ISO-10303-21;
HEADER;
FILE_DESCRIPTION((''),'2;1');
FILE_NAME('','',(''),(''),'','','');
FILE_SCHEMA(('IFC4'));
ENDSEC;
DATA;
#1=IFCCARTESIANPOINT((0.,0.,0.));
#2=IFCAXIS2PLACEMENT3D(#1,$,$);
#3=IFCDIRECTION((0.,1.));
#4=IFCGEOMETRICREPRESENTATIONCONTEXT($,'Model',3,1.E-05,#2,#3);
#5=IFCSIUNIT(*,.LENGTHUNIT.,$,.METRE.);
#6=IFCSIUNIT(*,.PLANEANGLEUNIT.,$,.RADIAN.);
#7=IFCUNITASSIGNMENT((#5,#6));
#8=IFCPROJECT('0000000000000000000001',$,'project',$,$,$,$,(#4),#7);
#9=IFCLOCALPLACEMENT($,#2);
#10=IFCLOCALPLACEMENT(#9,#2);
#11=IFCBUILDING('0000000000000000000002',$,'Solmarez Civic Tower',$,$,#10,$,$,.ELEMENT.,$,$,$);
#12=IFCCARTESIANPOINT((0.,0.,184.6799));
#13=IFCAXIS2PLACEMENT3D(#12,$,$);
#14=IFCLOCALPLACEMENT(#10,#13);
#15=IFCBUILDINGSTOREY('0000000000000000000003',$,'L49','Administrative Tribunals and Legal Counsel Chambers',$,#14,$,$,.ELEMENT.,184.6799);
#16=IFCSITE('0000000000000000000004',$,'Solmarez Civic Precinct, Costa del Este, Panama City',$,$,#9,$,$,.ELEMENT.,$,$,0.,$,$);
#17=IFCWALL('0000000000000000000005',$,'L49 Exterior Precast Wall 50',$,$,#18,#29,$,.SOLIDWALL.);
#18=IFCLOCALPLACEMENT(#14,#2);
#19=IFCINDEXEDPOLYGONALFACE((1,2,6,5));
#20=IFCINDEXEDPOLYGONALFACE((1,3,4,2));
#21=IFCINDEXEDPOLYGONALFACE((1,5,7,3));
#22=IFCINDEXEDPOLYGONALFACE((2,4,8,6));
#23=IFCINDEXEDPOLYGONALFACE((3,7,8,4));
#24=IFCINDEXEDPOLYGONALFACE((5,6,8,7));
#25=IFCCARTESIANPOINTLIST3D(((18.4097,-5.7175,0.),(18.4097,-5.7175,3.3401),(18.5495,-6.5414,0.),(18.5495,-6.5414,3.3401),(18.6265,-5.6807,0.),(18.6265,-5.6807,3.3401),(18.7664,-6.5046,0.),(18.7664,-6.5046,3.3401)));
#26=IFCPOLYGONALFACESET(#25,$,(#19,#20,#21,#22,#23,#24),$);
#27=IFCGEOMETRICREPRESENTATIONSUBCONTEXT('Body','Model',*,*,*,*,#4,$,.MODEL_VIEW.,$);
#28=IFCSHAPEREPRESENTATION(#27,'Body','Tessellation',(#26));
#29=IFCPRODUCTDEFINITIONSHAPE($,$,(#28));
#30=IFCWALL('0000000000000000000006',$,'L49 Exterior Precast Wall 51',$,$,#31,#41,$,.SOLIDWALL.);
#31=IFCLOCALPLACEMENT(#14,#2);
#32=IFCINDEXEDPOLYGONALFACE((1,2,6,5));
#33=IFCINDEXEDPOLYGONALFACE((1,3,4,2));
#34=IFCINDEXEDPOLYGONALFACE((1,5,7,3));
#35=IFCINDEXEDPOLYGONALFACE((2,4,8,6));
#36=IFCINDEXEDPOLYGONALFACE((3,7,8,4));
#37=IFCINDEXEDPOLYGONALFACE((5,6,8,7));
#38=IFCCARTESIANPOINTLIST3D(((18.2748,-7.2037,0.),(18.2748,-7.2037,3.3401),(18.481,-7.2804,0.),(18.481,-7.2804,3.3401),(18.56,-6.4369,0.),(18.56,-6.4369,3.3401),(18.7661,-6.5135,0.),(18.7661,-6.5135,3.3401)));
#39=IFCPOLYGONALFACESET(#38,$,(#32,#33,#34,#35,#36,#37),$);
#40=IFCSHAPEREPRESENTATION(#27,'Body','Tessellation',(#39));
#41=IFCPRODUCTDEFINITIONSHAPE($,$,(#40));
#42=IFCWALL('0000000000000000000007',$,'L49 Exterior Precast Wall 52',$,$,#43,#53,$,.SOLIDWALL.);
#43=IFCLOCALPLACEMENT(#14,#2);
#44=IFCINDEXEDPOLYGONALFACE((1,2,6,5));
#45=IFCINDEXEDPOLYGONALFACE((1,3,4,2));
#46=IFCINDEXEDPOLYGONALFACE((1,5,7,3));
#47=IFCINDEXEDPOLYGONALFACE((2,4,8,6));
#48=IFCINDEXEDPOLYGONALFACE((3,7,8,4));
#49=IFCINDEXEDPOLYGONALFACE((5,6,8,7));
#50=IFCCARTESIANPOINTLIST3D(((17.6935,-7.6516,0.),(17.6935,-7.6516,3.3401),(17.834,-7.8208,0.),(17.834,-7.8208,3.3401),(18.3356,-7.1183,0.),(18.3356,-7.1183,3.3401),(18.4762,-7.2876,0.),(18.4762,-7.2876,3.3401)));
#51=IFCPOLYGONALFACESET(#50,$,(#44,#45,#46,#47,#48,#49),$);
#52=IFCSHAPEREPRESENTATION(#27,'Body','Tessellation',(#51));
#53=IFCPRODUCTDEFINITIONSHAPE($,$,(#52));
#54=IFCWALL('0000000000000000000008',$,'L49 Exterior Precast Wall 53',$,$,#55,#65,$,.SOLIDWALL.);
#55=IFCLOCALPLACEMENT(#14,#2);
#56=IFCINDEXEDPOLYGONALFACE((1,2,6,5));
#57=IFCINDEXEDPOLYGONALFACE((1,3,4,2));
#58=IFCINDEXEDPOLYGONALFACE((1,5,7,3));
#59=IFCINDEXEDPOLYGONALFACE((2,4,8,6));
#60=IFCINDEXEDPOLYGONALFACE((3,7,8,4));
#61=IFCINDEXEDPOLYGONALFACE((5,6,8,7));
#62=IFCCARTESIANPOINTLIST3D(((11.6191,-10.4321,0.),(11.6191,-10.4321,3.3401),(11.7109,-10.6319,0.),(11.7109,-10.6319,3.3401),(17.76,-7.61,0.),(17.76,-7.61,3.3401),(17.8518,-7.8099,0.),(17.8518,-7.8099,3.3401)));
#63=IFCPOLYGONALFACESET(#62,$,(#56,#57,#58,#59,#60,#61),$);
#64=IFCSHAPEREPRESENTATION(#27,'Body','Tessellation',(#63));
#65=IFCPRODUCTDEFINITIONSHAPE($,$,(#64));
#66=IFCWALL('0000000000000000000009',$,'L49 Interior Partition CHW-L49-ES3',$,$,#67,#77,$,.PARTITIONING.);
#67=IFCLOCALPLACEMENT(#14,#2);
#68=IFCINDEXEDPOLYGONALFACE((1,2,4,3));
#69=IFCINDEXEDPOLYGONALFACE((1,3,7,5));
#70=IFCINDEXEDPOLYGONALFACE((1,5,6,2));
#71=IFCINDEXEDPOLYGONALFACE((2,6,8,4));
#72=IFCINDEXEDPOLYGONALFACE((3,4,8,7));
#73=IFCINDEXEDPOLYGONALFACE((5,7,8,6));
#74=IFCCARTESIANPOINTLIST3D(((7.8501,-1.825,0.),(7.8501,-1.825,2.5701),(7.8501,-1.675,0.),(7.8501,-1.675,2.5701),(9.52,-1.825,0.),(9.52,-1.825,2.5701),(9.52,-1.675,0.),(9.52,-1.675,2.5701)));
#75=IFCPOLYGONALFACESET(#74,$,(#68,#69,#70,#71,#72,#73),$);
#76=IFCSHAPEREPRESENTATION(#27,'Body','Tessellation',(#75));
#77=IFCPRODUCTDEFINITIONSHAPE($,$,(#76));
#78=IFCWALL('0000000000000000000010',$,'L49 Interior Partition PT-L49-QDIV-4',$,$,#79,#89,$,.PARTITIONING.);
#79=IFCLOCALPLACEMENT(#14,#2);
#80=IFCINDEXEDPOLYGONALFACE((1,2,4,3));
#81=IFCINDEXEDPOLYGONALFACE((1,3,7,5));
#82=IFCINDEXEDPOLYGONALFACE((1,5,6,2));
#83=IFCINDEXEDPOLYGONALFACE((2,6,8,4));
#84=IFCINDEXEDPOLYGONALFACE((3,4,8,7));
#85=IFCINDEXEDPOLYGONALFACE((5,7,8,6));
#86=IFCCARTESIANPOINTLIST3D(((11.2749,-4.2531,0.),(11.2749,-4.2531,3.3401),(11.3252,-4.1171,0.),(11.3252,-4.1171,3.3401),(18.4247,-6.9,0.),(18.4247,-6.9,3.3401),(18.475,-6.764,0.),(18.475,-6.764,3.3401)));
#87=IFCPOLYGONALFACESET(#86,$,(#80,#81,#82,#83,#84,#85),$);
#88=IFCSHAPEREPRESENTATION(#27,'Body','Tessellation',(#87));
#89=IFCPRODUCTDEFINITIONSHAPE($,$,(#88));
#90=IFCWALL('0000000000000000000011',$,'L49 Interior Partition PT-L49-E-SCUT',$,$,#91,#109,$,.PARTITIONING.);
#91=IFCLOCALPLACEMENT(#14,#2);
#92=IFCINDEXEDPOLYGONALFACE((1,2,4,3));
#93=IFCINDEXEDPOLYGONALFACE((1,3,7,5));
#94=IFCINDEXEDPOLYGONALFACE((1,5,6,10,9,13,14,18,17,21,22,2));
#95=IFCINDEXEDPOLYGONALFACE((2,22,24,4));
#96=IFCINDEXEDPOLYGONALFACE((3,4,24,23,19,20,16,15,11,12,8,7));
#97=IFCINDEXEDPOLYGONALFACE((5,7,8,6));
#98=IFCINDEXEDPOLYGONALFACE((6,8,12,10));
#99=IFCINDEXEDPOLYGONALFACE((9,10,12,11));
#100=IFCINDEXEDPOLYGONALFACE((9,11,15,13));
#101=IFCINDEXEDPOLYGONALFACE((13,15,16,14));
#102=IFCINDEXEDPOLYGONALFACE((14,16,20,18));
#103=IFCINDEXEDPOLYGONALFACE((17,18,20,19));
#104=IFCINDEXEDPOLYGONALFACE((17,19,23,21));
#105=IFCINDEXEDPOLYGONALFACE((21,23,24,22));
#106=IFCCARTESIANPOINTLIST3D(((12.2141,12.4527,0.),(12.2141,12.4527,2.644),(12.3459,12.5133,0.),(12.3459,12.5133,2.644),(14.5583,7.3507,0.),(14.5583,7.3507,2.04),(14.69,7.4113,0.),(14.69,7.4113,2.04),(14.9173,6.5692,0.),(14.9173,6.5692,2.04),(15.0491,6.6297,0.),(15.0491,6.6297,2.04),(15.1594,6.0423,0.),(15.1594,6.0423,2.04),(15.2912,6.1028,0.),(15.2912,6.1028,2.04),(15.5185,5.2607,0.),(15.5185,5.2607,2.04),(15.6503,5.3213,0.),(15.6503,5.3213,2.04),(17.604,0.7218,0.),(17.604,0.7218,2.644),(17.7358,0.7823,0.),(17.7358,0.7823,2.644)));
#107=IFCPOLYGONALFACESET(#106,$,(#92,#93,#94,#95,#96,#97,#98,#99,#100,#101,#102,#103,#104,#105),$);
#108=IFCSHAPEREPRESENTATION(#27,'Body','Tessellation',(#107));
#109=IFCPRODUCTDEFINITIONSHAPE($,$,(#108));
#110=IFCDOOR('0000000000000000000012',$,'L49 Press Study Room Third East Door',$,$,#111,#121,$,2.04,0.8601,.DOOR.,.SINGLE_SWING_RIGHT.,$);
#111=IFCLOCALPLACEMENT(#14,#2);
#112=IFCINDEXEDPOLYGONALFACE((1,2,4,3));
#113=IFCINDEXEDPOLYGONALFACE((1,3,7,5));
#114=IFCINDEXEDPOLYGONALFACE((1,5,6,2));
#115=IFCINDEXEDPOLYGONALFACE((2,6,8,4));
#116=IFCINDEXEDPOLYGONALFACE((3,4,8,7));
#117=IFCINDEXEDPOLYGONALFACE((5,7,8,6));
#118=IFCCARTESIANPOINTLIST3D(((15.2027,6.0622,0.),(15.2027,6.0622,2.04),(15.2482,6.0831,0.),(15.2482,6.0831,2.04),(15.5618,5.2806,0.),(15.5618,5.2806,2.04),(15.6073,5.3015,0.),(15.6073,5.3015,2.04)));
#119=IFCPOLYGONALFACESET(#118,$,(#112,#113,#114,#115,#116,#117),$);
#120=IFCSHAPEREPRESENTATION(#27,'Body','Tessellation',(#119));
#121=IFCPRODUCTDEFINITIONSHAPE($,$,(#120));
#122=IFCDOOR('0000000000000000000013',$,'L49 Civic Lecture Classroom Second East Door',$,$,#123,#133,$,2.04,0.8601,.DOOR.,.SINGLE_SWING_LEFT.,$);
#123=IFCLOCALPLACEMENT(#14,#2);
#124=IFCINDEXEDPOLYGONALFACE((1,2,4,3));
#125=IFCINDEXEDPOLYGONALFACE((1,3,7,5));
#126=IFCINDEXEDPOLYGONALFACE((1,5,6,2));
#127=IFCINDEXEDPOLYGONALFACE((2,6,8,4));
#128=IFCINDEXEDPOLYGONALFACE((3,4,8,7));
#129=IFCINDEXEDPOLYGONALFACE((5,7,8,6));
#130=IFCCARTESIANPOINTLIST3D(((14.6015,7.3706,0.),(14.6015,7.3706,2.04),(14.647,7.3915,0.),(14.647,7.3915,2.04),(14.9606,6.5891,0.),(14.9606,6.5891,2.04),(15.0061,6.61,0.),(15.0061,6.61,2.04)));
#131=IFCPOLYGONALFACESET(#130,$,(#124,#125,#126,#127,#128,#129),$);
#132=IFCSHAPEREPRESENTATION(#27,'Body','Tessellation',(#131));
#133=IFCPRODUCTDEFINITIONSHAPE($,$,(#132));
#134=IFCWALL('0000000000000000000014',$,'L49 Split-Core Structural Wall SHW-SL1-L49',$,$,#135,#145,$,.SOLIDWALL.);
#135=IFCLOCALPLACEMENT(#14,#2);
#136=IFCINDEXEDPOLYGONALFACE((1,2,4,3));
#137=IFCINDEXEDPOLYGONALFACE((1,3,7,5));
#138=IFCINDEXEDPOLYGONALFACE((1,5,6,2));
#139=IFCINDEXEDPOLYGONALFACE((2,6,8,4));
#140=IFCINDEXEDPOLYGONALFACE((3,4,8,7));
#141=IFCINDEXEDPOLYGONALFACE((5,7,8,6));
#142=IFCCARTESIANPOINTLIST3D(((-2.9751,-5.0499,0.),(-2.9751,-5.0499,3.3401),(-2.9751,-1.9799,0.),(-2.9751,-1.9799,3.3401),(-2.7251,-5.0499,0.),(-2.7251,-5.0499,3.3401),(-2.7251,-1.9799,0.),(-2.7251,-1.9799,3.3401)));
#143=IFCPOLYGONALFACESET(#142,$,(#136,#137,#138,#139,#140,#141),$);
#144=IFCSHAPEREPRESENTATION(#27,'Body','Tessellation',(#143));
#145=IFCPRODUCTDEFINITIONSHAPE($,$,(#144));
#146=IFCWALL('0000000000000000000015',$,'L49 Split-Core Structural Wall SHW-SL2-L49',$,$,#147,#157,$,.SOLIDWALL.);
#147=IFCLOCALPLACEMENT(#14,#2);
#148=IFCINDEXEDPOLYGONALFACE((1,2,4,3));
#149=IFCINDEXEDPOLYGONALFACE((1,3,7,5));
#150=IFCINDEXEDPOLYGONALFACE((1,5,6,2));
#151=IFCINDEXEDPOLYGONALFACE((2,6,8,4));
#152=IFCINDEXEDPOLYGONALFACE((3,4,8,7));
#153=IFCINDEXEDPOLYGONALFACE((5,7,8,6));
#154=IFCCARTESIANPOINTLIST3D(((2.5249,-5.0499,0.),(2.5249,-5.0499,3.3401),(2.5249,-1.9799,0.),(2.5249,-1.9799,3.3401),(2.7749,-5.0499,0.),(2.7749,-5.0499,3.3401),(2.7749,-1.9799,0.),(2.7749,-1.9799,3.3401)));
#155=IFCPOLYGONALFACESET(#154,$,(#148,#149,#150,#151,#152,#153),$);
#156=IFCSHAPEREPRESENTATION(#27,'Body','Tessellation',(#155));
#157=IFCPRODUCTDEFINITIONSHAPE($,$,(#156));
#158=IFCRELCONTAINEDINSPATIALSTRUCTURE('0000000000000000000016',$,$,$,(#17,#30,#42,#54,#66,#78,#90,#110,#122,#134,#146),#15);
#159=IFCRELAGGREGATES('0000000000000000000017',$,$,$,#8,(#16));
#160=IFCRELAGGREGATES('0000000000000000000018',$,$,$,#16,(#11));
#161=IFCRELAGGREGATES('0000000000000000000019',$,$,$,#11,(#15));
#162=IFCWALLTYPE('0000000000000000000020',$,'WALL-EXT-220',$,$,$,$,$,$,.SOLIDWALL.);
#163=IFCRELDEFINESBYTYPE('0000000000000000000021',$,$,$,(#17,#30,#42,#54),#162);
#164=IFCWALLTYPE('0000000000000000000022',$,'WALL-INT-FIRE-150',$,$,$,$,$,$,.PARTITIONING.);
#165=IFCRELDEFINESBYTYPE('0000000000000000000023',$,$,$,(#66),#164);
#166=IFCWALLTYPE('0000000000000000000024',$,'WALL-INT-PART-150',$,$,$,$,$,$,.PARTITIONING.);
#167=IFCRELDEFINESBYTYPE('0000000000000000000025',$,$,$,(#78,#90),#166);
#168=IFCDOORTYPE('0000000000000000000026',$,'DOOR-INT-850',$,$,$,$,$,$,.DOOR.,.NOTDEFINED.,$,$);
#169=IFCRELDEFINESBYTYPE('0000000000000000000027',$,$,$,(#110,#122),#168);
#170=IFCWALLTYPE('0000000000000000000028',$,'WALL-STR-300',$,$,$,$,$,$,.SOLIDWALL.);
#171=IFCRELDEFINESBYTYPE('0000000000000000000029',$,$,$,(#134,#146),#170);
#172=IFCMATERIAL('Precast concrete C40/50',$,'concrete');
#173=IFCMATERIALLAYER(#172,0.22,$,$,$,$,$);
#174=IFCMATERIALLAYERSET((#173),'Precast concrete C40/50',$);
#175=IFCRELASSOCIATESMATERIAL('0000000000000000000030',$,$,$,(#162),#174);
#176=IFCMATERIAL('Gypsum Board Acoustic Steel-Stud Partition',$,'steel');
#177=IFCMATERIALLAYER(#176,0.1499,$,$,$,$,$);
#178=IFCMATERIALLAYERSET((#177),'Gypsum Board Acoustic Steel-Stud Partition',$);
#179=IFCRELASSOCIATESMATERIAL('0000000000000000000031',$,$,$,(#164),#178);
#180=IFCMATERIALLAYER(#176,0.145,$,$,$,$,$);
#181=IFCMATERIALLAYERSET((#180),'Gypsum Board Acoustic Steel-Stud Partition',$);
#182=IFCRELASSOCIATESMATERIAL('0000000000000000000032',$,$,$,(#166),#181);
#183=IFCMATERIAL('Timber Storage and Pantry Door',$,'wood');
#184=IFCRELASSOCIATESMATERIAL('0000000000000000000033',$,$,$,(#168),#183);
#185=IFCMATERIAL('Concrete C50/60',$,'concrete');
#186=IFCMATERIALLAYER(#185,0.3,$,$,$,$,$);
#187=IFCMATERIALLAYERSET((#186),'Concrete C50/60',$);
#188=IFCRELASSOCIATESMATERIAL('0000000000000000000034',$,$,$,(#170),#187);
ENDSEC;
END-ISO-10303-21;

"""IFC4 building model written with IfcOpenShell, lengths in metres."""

from ifc_helpers import new_model, si_unit, direction, frame, frame_2d, origin, place, context, subcontext, project, spatial, rectangle, extrude, material, layer, layer_set, type_object, element, fill, save


model = new_model("IFC4")

# Units and contexts
model_context = context("Model", 3, precision=1e-05, world=origin(), true_north=direction((0.0, 1.0)))
body_context = subcontext(model_context, "Body", "Model", "MODEL_VIEW")
ifc_project = project(units=[si_unit("LENGTHUNIT", "METRE"), si_unit("PLANEANGLEUNIT", "RADIAN")], contexts=[model_context])

# Site, building, storey
site_placement = place(None, origin())
site = spatial("IfcSite", under=ifc_project, at=site_placement, Name="Solmarez Civic Precinct, Costa del Este, Panama City", CompositionType="ELEMENT", RefElevation=0.0)
building_placement = place(site_placement, origin())
building = spatial("IfcBuilding", under=site, at=building_placement, Name="Solmarez Civic Tower", CompositionType="ELEMENT")
storey_placement = place(building_placement, frame((0.0, 0.0, 184.6799)))
storey = spatial("IfcBuildingStorey", under=building, at=storey_placement, Name="L49", Description="Administrative Tribunals and Legal Counsel Chambers", CompositionType="ELEMENT", Elevation=184.6799)

# Shared definitions
ifc_material_1 = material(Name="Concrete C50/60", Category="concrete")

# Walls
ifc_material_2 = material(Name="Precast concrete C40/50", Category="concrete")
ifc_layer_1 = layer(ifc_material_2, 0.22)
ifc_layer_set_1 = layer_set([ifc_layer_1], Name="Precast concrete C40/50")
wall_type_1 = type_object("IfcWallType", Name="WALL-EXT-220", PredefinedType="SOLIDWALL", material=ifc_layer_set_1)
wall_1_placement = place(storey_placement, frame((18.5181, -5.699, 0.0), z_axis=(0.0, 0.0, 1.0), x_axis=(0.167383, -0.985892, 0.0)))
element("IfcWall", 1, at=wall_1_placement, inside=storey, type_object=wall_type_1, Name="L49 Exterior Precast Wall 50", PredefinedType="SOLIDWALL", context=body_context, shape_type="SweptSolid", body=[
    extrude(rectangle(XDim=0.8357, YDim=0.22, at=frame_2d((0.418, 0.0))), origin(), (0.0, 0.0, 1.0), 3.3401),
])
wall_2_placement = place(storey_placement, frame((18.6631, -6.4751, 0.0), z_axis=(0.0, 0.0, 1.0), x_axis=(-0.348539, -0.937294, 0.0)))
element("IfcWall", 2, at=wall_2_placement, inside=storey, type_object=wall_type_1, Name="L49 Exterior Precast Wall 51", PredefinedType="SOLIDWALL", context=body_context, shape_type="SweptSolid", body=[
    extrude(rectangle(XDim=0.8181, YDim=0.22, at=frame_2d((0.4092, 0.0))), origin(), (0.0, 0.0, 1.0), 3.3401),
])
wall_3_placement = place(storey_placement, frame((18.406, -7.2029, 0.0), z_axis=(0.0, 0.0, 1.0), x_axis=(-0.769323, -0.63886, 0.0)))
element("IfcWall", 3, at=wall_3_placement, inside=storey, type_object=wall_type_1, Name="L49 Exterior Precast Wall 52", PredefinedType="SOLIDWALL", context=body_context, shape_type="SweptSolid", body=[
    extrude(rectangle(XDim=0.8347, YDim=0.22, at=frame_2d((0.4175, 0.0))), origin(), (0.0, 0.0, 1.0), 3.3401),
])
wall_4_placement = place(storey_placement, frame((17.8059, -7.71, 0.0), z_axis=(0.0, 0.0, 1.0), x_axis=(-0.908646, -0.417566, 0.0)))
element("IfcWall", 4, at=wall_4_placement, inside=storey, type_object=wall_type_1, Name="L49 Exterior Precast Wall 53", PredefinedType="SOLIDWALL", context=body_context, shape_type="SweptSolid", body=[
    extrude(rectangle(XDim=6.7583, YDim=0.22, at=frame_2d((3.3792, 0.0))), origin(), (0.0, 0.0, 1.0), 3.3401),
])
ifc_material_3 = material(Name="Gypsum Board Acoustic Steel-Stud Partition", Category="steel")
ifc_layer_2 = layer(ifc_material_3, 0.1499)
ifc_layer_set_2 = layer_set([ifc_layer_2], Name="Gypsum Board Acoustic Steel-Stud Partition")
wall_type_2 = type_object("IfcWallType", Name="WALL-INT-FIRE-150", PredefinedType="PARTITIONING", material=ifc_layer_set_2)
wall_5_placement = place(storey_placement, frame((7.8501, -1.75, 0.0), z_axis=(0.0, 0.0, 1.0), x_axis=(1.0, 0.0, 0.0)))
element("IfcWall", 5, at=wall_5_placement, inside=storey, type_object=wall_type_2, Name="L49 Interior Partition CHW-L49-ES3", PredefinedType="PARTITIONING", context=body_context, shape_type="SweptSolid", body=[
    extrude(rectangle(XDim=1.6699, YDim=0.1499, at=frame_2d((0.835, 0.0))), origin(), (0.0, 0.0, 1.0), 2.5701),
])
ifc_layer_3 = layer(ifc_material_3, 0.145)
ifc_layer_set_3 = layer_set([ifc_layer_3], Name="Gypsum Board Acoustic Steel-Stud Partition")
wall_type_3 = type_object("IfcWallType", Name="WALL-INT-PART-150", PredefinedType="PARTITIONING", material=ifc_layer_set_3)
wall_6_placement = place(storey_placement, frame((11.3, -4.1851, 0.0), z_axis=(0.0, 0.0, 1.0), x_axis=(0.937797, -0.347183, 0.0)))
element("IfcWall", 6, at=wall_6_placement, inside=storey, type_object=wall_type_3, Name="L49 Interior Partition PT-L49-QDIV-4", PredefinedType="PARTITIONING", context=body_context, shape_type="SweptSolid", body=[
    extrude(rectangle(XDim=7.624, YDim=0.145, at=frame_2d((3.812, 0.0))), origin(), (0.0, 0.0, 1.0), 3.3401),
])

# Wall, openings, doors
wall_7_placement = place(storey_placement, frame((17.6699, 0.752, 0.0), z_axis=(0.0, 0.0, 1.0), x_axis=(-0.4175, 0.908677, 0.0)))
wall_7 = element("IfcWall", 7, at=wall_7_placement, inside=storey, type_object=wall_type_3, Name="L49 Interior Partition PT-L49-E-SCUT", PredefinedType="PARTITIONING", context=body_context, shape_type="SweptSolid", body=[
    extrude(rectangle(XDim=12.9099, YDim=0.145, at=frame_2d((6.4551, 0.0))), origin(), (0.0, 0.0, 1.0), 2.644),
])
opening_1_placement = place(wall_7_placement, frame((4.9951, 0.0, 0.0)))
opening_1 = element("IfcOpeningElement", 8, at=opening_1_placement, cuts=wall_7, PredefinedType="OPENING", context=body_context, shape_type="SweptSolid", body=[
    extrude(rectangle(XDim=0.8601, YDim=2.04, at=frame_2d((0.4302, 1.02))), frame((0.0, 0.0825, 0.0), z_axis=(0.0, -1.0, 0.0), x_axis=(1.0, 0.0, 0.0)), (0.0, 0.0, 1.0), 0.165),
])
opening_2_placement = place(wall_7_placement, frame((6.4351, 0.0, 0.0)))
opening_2 = element("IfcOpeningElement", 9, at=opening_2_placement, cuts=wall_7, PredefinedType="OPENING", context=body_context, shape_type="SweptSolid", body=[
    extrude(rectangle(XDim=0.8601, YDim=2.04, at=frame_2d((0.4302, 1.02))), frame((0.0, 0.0825, 0.0), z_axis=(0.0, -1.0, 0.0), x_axis=(1.0, 0.0, 0.0)), (0.0, 0.0, 1.0), 0.165),
])
ifc_material_4 = material(Name="Timber Storage and Pantry Door", Category="wood")
door_type = type_object("IfcDoorType", Name="DOOR-INT-850", OperationType="NOTDEFINED", PredefinedType="DOOR", material=ifc_material_4)
door_1_placement = place(opening_1_placement, origin())
door_1 = element("IfcDoor", 10, at=door_1_placement, inside=storey, type_object=door_type, Name="L49 Press Study Room Third East Door", OperationType="SINGLE_SWING_RIGHT", OverallHeight=2.04, OverallWidth=0.8601, PredefinedType="DOOR", context=body_context, shape_type="SweptSolid", body=[
    extrude(rectangle(XDim=0.8601, YDim=2.04, at=frame_2d((0.4302, 1.02))), frame((0.0, 0.0249, 0.0), z_axis=(0.0, -1.0, 0.0), x_axis=(1.0, 0.0, 0.0)), (0.0, 0.0, 1.0), 0.05),
])
fill(opening_1, door_1)
door_2_placement = place(opening_2_placement, origin())
door_2 = element("IfcDoor", 11, at=door_2_placement, inside=storey, type_object=door_type, Name="L49 Civic Lecture Classroom Second East Door", OperationType="SINGLE_SWING_LEFT", OverallHeight=2.04, OverallWidth=0.8601, PredefinedType="DOOR", context=body_context, shape_type="SweptSolid", body=[
    extrude(rectangle(XDim=0.8601, YDim=2.04, at=frame_2d((0.4302, 1.02))), frame((0.0, 0.0249, 0.0), z_axis=(0.0, -1.0, 0.0), x_axis=(1.0, 0.0, 0.0)), (0.0, 0.0, 1.0), 0.05),
])
fill(opening_2, door_2)

# Walls
ifc_layer_4 = layer(ifc_material_1, 0.3)
ifc_layer_set_4 = layer_set([ifc_layer_4], Name="Concrete C50/60")
wall_type_4 = type_object("IfcWallType", Name="WALL-STR-300", PredefinedType="SOLIDWALL", material=ifc_layer_set_4)
for number, where, z_axis, x_axis, name in (
    (12, (-2.8501, -5.05, 0.0), (0.0, 0.0, 1.0), (0.0, 1.0, 0.0), "L49 Split-Core Structural Wall SHW-SL1-L49"),
    (13, (2.6499, -5.05, 0.0), (0.0, 0.0, 1.0), (0.0, 1.0, 0.0), "L49 Split-Core Structural Wall SHW-SL2-L49"),
):
    element("IfcWall", number, at=place(storey_placement, frame(where, z_axis=z_axis, x_axis=x_axis)), inside=storey, type_object=wall_type_4, Name=name, PredefinedType="SOLIDWALL", context=body_context, shape_type="SweptSolid", body=[
        extrude(rectangle(XDim=3.0701, YDim=0.25, at=frame_2d((1.5352, 0.0))), origin(), (0.0, 0.0, 1.0), 3.3401),
    ])

save(model, "model.ifc")
